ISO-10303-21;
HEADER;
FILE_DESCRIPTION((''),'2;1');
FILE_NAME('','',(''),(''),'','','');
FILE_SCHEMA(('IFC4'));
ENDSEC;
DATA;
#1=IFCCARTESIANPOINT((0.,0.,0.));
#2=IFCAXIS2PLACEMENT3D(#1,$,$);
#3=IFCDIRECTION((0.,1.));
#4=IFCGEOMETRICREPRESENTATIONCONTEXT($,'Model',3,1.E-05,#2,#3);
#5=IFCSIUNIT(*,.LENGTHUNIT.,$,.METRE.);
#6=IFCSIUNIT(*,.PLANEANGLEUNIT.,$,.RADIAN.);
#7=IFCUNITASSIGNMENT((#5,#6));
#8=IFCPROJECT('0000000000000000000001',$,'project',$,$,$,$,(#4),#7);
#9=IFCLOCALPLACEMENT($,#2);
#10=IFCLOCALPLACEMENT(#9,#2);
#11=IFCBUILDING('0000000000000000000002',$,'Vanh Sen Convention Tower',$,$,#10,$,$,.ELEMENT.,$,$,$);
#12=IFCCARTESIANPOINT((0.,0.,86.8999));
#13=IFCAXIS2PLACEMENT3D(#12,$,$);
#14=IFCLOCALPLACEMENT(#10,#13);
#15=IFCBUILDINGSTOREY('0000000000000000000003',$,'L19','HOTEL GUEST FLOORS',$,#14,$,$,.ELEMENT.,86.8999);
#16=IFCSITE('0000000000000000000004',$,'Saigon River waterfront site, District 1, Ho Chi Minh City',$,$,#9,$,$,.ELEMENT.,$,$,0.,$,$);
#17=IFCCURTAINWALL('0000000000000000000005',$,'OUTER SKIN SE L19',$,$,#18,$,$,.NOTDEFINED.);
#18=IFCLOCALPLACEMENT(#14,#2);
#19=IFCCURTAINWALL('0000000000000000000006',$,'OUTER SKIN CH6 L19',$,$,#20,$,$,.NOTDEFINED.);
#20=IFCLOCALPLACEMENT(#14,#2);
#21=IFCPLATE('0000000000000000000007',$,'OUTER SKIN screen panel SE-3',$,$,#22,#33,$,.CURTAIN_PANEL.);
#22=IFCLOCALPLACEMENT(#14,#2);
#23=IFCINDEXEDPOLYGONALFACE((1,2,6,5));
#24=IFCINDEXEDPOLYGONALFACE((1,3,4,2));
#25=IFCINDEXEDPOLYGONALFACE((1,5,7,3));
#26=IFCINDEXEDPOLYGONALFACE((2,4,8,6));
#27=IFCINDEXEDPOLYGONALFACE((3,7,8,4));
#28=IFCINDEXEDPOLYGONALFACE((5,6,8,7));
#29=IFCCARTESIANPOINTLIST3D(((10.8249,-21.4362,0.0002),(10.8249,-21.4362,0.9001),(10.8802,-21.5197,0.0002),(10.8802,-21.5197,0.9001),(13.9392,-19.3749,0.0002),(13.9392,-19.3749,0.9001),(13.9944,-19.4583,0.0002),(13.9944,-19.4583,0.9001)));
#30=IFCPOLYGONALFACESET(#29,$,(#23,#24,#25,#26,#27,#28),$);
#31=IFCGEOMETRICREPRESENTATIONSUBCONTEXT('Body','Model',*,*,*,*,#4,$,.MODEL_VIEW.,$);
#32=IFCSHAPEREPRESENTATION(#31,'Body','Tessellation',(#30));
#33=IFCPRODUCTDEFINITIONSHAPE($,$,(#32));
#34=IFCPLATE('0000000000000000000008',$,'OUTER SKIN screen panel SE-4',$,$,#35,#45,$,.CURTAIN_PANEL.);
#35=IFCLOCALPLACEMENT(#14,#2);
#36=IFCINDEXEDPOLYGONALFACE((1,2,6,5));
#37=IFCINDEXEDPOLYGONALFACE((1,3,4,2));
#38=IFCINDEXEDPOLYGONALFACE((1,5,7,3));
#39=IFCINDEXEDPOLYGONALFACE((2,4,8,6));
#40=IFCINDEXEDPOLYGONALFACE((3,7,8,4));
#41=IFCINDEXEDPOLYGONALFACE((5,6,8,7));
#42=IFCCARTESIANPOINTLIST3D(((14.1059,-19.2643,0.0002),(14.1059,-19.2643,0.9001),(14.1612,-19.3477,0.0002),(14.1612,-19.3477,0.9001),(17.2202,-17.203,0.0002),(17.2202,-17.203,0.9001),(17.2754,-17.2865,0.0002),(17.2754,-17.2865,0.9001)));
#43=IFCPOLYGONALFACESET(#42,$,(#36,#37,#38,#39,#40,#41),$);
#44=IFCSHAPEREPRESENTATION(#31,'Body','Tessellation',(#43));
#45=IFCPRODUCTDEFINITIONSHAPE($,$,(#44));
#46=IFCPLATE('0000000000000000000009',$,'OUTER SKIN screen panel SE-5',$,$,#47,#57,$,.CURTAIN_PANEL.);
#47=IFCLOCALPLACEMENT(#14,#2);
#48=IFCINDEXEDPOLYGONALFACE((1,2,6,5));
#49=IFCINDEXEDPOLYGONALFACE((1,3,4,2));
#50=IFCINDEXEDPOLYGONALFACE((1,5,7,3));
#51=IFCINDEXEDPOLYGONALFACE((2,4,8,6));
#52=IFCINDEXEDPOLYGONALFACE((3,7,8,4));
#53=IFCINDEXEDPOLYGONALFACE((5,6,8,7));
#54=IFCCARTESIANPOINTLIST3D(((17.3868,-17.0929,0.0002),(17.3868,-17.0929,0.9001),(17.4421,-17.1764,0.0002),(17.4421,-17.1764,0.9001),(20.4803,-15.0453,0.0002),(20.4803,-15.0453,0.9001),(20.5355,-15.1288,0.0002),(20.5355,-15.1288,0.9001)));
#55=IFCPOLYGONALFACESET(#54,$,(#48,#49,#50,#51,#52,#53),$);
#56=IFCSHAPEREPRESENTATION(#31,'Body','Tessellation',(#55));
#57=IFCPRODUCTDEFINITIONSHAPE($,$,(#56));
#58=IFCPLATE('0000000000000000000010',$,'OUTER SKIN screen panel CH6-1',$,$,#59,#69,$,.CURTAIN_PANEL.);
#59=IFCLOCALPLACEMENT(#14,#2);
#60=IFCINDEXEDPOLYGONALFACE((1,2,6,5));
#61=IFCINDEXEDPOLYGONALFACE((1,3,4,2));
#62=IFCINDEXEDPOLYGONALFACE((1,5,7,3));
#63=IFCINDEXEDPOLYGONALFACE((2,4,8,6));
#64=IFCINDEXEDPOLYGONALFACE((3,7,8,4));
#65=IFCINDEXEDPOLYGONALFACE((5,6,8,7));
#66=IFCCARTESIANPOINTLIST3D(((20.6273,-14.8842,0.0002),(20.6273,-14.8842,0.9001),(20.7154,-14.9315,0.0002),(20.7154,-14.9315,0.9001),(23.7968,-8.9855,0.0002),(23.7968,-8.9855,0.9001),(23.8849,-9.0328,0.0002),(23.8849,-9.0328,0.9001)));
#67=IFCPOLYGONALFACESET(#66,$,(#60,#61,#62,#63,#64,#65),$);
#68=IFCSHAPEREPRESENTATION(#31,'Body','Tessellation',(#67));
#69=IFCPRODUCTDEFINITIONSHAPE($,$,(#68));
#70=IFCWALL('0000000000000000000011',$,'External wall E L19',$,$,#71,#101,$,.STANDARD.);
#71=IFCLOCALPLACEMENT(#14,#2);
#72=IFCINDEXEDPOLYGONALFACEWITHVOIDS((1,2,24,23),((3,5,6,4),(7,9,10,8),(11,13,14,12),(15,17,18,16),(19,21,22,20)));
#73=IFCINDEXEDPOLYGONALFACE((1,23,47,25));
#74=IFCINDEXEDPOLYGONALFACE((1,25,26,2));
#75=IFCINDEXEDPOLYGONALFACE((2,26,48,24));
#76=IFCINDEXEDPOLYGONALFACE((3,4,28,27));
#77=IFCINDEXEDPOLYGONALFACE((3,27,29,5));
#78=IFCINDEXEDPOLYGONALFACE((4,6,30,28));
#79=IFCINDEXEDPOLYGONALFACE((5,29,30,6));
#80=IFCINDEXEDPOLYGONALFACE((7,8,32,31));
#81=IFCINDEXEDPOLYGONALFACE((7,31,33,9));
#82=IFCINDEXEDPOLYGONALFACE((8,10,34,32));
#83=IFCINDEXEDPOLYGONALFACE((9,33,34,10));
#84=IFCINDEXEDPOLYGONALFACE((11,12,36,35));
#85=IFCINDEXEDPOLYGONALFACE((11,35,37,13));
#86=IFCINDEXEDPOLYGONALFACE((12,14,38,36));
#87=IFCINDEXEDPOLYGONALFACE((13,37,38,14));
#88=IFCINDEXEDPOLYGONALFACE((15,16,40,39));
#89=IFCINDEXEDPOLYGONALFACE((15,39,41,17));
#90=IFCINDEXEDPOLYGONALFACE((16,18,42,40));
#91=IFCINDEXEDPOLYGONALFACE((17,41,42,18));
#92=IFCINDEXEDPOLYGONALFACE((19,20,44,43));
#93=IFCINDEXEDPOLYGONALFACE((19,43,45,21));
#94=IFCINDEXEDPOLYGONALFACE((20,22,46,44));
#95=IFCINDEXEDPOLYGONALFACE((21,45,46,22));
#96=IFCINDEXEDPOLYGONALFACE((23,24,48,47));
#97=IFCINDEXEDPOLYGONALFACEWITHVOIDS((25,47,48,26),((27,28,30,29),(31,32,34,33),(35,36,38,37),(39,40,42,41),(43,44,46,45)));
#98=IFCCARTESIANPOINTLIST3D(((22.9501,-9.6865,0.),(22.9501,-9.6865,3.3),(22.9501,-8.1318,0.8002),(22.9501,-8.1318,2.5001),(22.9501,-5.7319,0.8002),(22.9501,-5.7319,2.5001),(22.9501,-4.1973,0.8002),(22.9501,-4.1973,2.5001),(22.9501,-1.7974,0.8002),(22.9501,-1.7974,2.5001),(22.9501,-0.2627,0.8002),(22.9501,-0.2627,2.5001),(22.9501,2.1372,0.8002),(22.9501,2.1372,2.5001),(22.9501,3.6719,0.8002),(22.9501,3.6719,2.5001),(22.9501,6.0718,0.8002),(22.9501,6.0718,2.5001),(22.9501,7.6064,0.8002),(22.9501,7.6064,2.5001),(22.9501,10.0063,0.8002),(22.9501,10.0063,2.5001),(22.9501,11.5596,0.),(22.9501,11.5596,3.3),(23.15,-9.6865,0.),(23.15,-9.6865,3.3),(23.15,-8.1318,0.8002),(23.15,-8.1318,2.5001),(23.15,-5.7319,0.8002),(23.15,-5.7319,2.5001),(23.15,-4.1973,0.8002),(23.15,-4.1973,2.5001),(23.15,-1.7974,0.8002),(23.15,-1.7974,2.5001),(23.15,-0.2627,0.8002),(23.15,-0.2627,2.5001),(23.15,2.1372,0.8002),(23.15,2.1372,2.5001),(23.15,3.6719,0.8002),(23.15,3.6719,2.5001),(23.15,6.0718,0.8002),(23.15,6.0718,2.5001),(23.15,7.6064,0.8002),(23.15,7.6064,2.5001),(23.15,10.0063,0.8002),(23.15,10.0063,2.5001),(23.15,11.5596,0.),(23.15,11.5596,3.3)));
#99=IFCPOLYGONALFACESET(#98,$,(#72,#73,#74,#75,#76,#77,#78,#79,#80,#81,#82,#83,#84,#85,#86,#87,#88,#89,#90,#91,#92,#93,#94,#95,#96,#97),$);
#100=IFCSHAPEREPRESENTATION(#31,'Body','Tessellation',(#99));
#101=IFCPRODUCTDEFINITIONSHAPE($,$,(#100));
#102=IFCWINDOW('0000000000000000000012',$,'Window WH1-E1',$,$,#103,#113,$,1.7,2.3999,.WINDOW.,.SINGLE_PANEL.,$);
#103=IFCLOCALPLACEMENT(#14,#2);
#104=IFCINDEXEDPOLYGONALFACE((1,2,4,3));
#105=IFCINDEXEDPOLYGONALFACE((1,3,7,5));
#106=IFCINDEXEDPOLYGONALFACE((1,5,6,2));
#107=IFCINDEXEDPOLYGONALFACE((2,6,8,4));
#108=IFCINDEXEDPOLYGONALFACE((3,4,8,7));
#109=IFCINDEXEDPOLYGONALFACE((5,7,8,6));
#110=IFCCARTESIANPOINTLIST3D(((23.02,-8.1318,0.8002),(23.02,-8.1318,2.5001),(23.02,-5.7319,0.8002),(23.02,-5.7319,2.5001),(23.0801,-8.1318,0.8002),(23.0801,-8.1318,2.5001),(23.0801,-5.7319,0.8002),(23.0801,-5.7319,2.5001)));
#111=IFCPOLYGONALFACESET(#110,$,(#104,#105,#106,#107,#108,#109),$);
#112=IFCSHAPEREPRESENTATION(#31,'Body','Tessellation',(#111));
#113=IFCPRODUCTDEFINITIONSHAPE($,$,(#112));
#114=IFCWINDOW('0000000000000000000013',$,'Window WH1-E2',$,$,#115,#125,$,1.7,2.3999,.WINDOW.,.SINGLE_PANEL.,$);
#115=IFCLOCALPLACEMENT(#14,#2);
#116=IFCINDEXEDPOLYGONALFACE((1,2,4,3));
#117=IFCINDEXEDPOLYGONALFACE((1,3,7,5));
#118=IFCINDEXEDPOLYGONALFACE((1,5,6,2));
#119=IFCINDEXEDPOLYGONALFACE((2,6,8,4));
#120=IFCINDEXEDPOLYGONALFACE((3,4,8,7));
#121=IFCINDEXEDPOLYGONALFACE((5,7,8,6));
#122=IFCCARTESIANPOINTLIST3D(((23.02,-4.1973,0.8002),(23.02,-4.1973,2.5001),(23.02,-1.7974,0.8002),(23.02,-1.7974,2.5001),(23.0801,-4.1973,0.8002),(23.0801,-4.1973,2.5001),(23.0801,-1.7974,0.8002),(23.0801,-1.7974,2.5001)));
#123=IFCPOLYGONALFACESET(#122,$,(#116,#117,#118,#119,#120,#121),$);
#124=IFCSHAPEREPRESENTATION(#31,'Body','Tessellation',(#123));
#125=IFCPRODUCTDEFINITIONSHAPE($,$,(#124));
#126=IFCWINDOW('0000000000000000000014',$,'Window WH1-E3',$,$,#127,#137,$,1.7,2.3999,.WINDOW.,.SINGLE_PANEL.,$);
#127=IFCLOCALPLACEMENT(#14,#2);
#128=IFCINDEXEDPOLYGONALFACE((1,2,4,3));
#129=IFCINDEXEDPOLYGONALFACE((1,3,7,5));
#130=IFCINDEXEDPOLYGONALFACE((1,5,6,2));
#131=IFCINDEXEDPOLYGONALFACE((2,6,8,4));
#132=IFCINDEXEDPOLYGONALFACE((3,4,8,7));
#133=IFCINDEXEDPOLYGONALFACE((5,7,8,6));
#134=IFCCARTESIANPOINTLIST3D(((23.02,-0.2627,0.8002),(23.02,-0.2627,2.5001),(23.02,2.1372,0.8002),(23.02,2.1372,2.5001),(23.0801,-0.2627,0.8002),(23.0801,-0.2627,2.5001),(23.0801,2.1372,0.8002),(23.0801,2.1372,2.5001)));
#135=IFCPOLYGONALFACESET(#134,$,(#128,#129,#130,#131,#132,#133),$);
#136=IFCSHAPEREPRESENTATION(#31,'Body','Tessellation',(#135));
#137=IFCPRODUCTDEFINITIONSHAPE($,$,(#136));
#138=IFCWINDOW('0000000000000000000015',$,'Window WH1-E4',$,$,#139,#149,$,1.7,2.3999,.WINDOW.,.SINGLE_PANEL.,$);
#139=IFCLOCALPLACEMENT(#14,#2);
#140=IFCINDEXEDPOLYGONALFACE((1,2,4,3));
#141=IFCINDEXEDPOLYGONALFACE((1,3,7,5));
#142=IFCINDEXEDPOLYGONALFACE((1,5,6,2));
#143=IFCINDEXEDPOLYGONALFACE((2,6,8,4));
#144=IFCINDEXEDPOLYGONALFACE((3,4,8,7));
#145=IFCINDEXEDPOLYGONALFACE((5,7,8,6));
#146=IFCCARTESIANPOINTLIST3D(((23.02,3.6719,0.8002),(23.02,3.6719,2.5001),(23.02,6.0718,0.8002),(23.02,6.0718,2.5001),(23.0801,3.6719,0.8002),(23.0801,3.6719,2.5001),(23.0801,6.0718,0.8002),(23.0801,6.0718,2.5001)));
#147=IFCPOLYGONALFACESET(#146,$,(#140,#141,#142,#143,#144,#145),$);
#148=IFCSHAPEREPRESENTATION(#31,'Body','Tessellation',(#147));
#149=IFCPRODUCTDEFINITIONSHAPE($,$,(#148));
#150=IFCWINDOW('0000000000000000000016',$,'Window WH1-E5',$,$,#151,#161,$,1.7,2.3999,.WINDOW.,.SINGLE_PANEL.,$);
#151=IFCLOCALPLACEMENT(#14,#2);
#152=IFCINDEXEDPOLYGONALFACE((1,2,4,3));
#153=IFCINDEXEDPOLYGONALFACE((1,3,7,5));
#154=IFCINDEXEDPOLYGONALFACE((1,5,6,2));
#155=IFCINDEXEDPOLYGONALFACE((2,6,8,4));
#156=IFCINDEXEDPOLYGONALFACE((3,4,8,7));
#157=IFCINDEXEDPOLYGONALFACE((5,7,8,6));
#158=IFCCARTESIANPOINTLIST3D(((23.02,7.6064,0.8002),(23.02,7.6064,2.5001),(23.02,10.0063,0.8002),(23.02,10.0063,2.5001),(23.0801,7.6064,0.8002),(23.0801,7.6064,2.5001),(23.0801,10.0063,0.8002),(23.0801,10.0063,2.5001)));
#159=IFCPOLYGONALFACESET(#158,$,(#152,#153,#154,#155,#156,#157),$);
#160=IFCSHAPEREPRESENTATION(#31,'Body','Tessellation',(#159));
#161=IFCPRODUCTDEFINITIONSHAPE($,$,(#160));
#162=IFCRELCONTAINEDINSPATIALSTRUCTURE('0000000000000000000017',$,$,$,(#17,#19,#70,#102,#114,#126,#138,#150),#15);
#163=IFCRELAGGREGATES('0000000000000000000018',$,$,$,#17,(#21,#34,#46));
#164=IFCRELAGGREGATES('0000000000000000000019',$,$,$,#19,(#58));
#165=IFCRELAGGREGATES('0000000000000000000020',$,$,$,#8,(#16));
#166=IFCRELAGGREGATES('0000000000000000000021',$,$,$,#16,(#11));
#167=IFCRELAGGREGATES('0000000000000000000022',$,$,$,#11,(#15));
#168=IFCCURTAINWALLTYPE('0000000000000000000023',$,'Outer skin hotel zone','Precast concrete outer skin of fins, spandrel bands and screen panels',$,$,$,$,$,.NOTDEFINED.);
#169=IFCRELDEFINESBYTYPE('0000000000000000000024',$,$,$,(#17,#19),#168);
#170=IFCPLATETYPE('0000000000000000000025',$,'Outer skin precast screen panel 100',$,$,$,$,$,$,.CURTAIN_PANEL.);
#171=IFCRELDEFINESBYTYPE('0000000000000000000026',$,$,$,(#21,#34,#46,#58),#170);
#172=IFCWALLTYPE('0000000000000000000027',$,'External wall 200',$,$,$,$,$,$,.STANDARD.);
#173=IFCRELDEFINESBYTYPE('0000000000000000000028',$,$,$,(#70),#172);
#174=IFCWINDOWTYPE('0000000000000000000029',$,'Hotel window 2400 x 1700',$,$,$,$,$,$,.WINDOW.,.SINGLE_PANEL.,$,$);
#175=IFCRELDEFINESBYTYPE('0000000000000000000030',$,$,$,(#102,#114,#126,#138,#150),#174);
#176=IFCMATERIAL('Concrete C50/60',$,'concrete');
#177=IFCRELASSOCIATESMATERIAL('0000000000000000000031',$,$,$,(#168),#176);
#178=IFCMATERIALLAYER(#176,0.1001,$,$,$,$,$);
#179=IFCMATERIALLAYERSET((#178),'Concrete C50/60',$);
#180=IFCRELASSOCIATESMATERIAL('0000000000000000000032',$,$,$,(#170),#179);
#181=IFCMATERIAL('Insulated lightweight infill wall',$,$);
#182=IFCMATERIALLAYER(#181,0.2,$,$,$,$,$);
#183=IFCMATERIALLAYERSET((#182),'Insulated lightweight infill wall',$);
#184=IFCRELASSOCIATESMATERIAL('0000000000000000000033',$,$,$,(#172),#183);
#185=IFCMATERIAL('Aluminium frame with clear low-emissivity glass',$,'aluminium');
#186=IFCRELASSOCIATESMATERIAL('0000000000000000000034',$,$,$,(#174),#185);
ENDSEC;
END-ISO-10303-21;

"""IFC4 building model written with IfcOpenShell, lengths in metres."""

from ifc_helpers import new_model, si_unit, direction, frame, frame_2d, origin, origin_2d, place, context, subcontext, project, spatial, rectangle, extrude, material, layer, layer_set, type_object, element, fill, aggregate, save


model = new_model("IFC4")

# Units and contexts
model_context = context("Model", 3, precision=1e-05, world=origin(), true_north=direction((0.0, 1.0)))
body_context = subcontext(model_context, "Body", "Model", "MODEL_VIEW")
ifc_project = project(units=[si_unit("LENGTHUNIT", "METRE"), si_unit("PLANEANGLEUNIT", "RADIAN")], contexts=[model_context])

# Site, building, storey
site_placement = place(None, origin())
site = spatial("IfcSite", under=ifc_project, at=site_placement, Name="Saigon River waterfront site, District 1, Ho Chi Minh City", CompositionType="ELEMENT", RefElevation=0.0)
building_placement = place(site_placement, origin())
building = spatial("IfcBuilding", under=site, at=building_placement, Name="Vanh Sen Convention Tower", CompositionType="ELEMENT")
storey_placement = place(building_placement, frame((0.0, 0.0, 86.8999)))
storey = spatial("IfcBuildingStorey", under=building, at=storey_placement, Name="L19", Description="HOTEL GUEST FLOORS", CompositionType="ELEMENT", Elevation=86.8999)

# Curtain wall
ifc_material_1 = material(Name="Concrete C50/60", Category="concrete")
curtain_wall_type = type_object("IfcCurtainWallType", Name="Outer skin hotel zone", Description="Precast concrete outer skin of fins, spandrel bands and screen panels", PredefinedType="NOTDEFINED", material=ifc_material_1)
curtain_wall_1_placement = place(storey_placement, origin())
curtain_wall_1 = element("IfcCurtainWall", 1, at=curtain_wall_1_placement, inside=storey, type_object=curtain_wall_type, Name="OUTER SKIN SE L19", PredefinedType="NOTDEFINED")

# Curtain wall
curtain_wall_2_placement = place(storey_placement, origin())
curtain_wall_2 = element("IfcCurtainWall", 2, at=curtain_wall_2_placement, inside=storey, type_object=curtain_wall_type, Name="OUTER SKIN CH6 L19", PredefinedType="NOTDEFINED")

# Plates
ifc_layer_1 = layer(ifc_material_1, 0.1001)
ifc_layer_set_1 = layer_set([ifc_layer_1], Name="Concrete C50/60")
plate_type = type_object("IfcPlateType", Name="Outer skin precast screen panel 100", PredefinedType="CURTAIN_PANEL", material=ifc_layer_set_1)
plate_1_placement = place(storey_placement, frame((12.4097, -20.4473, 0.0002), z_axis=(0.0, 0.0, 1.0), x_axis=(0.83388, 0.551946, 0.0)))
plate_1 = element("IfcPlate", 3, at=plate_1_placement, type_object=plate_type, Name="OUTER SKIN screen panel SE-3", PredefinedType="CURTAIN_PANEL", context=body_context, shape_type="SweptSolid", body=[
    extrude(rectangle(XDim=3.7346, YDim=0.1001, at=origin_2d()), origin(), (0.0, 0.0, 1.0), 0.8999),
])
plate_2_placement = place(storey_placement, frame((15.6907, -18.2754, 0.0002), z_axis=(0.0, 0.0, 1.0), x_axis=(0.833892, 0.551928, 0.0)))
plate_2 = element("IfcPlate", 4, at=plate_2_placement, type_object=plate_type, Name="OUTER SKIN screen panel SE-4", PredefinedType="CURTAIN_PANEL", context=body_context, shape_type="SweptSolid", body=[
    extrude(rectangle(XDim=3.7346, YDim=0.1001, at=origin_2d()), origin(), (0.0, 0.0, 1.0), 0.8999),
])
plate_3_placement = place(storey_placement, frame((18.9612, -16.1108, 0.0002), z_axis=(0.0, 0.0, 1.0), x_axis=(0.83388, 0.551946, 0.0)))
plate_3 = element("IfcPlate", 5, at=plate_3_placement, type_object=plate_type, Name="OUTER SKIN screen panel SE-5", PredefinedType="CURTAIN_PANEL", context=body_context, shape_type="SweptSolid", body=[
    extrude(rectangle(XDim=3.7097, YDim=0.1001, at=origin_2d()), origin(), (0.0, 0.0, 1.0), 0.8999),
])
aggregate(curtain_wall_1, [plate_1, plate_2, plate_3])
plate_4_placement = place(storey_placement, frame((22.2561, -11.9585, 0.0002), z_axis=(0.0, 0.0, 1.0), x_axis=(0.473323, 0.880889, 0.0)))
plate_4 = element("IfcPlate", 6, at=plate_4_placement, type_object=plate_type, Name="OUTER SKIN screen panel CH6-1", PredefinedType="CURTAIN_PANEL", context=body_context, shape_type="SweptSolid", body=[
    extrude(rectangle(XDim=6.6963, YDim=0.1001, at=origin_2d()), origin(), (0.0, 0.0, 1.0), 0.8999),
])
aggregate(curtain_wall_2, [plate_4])

# Wall, openings, windows
ifc_material_2 = material(Name="Insulated lightweight infill wall")
ifc_layer_2 = layer(ifc_material_2, 0.2)
ifc_layer_set_2 = layer_set([ifc_layer_2], Name="Insulated lightweight infill wall")
wall_type_1 = type_object("IfcWallType", Name="External wall 200", PredefinedType="STANDARD", material=ifc_layer_set_2)
wall_1_placement = place(storey_placement, frame((23.05, -9.6865, 0.0), z_axis=(0.0, 0.0, 1.0), x_axis=(0.0, 1.0, 0.0)))
wall_1 = element("IfcWall", 7, at=wall_1_placement, inside=storey, type_object=wall_type_1, Name="External wall E L19", PredefinedType="STANDARD", context=body_context, shape_type="SweptSolid", body=[
    extrude(rectangle(XDim=21.2461, YDim=0.2, at=frame_2d((10.623, 0.0))), origin(), (0.0, 0.0, 1.0), 3.3),
])
opening_1_placement = place(wall_1_placement, frame((1.5547, 0.0, 0.8)))
opening_1 = element("IfcOpeningElement", 8, at=opening_1_placement, cuts=wall_1, PredefinedType="OPENING", context=body_context, shape_type="SweptSolid", body=[
    extrude(rectangle(XDim=2.3999, YDim=1.7, at=frame_2d((1.2, 0.8501))), frame((0.0, 0.1099, 0.0), z_axis=(0.0, -1.0, 0.0), x_axis=(1.0, 0.0, 0.0)), (0.0, 0.0, 1.0), 0.22),
])
opening_2_placement = place(wall_1_placement, frame((5.4893, 0.0, 0.8)))
opening_2 = element("IfcOpeningElement", 9, at=opening_2_placement, cuts=wall_1, PredefinedType="OPENING", context=body_context, shape_type="SweptSolid", body=[
    extrude(rectangle(XDim=2.3999, YDim=1.7, at=frame_2d((1.2, 0.8501))), frame((0.0, 0.1099, 0.0), z_axis=(0.0, -1.0, 0.0), x_axis=(1.0, 0.0, 0.0)), (0.0, 0.0, 1.0), 0.22),
])
opening_3_placement = place(wall_1_placement, frame((9.4238, 0.0, 0.8)))
opening_3 = element("IfcOpeningElement", 10, at=opening_3_placement, cuts=wall_1, PredefinedType="OPENING", context=body_context, shape_type="SweptSolid", body=[
    extrude(rectangle(XDim=2.3999, YDim=1.7, at=frame_2d((1.2, 0.8501))), frame((0.0, 0.1099, 0.0), z_axis=(0.0, -1.0, 0.0), x_axis=(1.0, 0.0, 0.0)), (0.0, 0.0, 1.0), 0.22),
])
opening_4_placement = place(wall_1_placement, frame((13.3584, 0.0, 0.8)))
opening_4 = element("IfcOpeningElement", 11, at=opening_4_placement, cuts=wall_1, PredefinedType="OPENING", context=body_context, shape_type="SweptSolid", body=[
    extrude(rectangle(XDim=2.3999, YDim=1.7, at=frame_2d((1.2, 0.8501))), frame((0.0, 0.1099, 0.0), z_axis=(0.0, -1.0, 0.0), x_axis=(1.0, 0.0, 0.0)), (0.0, 0.0, 1.0), 0.22),
])
opening_5_placement = place(wall_1_placement, frame((17.293, 0.0, 0.8)))
opening_5 = element("IfcOpeningElement", 12, at=opening_5_placement, cuts=wall_1, PredefinedType="OPENING", context=body_context, shape_type="SweptSolid", body=[
    extrude(rectangle(XDim=2.3999, YDim=1.7, at=frame_2d((1.2, 0.8501))), frame((0.0, 0.1099, 0.0), z_axis=(0.0, -1.0, 0.0), x_axis=(1.0, 0.0, 0.0)), (0.0, 0.0, 1.0), 0.22),
])
ifc_material_3 = material(Name="Aluminium frame with clear low-emissivity glass", Category="aluminium")
window_type_1 = type_object("IfcWindowType", Name="Hotel window 2400 x 1700", PartitioningType="SINGLE_PANEL", PredefinedType="WINDOW", material=ifc_material_3)
window_1_placement = place(opening_1_placement, origin())
window_1 = element("IfcWindow", 13, at=window_1_placement, inside=storey, type_object=window_type_1, Name="Window WH1-E1", OverallHeight=1.7, OverallWidth=2.3999, PartitioningType="SINGLE_PANEL", PredefinedType="WINDOW", context=body_context, shape_type="SweptSolid", body=[
    extrude(rectangle(XDim=2.3999, YDim=1.7, at=frame_2d((1.2, 0.8501))), frame((0.0, 0.03, 0.0), z_axis=(0.0, -1.0, 0.0), x_axis=(1.0, 0.0, 0.0)), (0.0, 0.0, 1.0), 0.0601),
])
fill(opening_1, window_1)
window_2_placement = place(opening_2_placement, origin())
window_2 = element("IfcWindow", 14, at=window_2_placement, inside=storey, type_object=window_type_1, Name="Window WH1-E2", OverallHeight=1.7, OverallWidth=2.3999, PartitioningType="SINGLE_PANEL", PredefinedType="WINDOW", context=body_context, shape_type="SweptSolid", body=[
    extrude(rectangle(XDim=2.3999, YDim=1.7, at=frame_2d((1.2, 0.8501))), frame((0.0, 0.03, 0.0), z_axis=(0.0, -1.0, 0.0), x_axis=(1.0, 0.0, 0.0)), (0.0, 0.0, 1.0), 0.0601),
])
fill(opening_2, window_2)
window_3_placement = place(opening_3_placement, origin())
window_3 = element("IfcWindow", 15, at=window_3_placement, inside=storey, type_object=window_type_1, Name="Window WH1-E3", OverallHeight=1.7, OverallWidth=2.3999, PartitioningType="SINGLE_PANEL", PredefinedType="WINDOW", context=body_context, shape_type="SweptSolid", body=[
    extrude(rectangle(XDim=2.3999, YDim=1.7, at=frame_2d((1.2, 0.8501))), frame((0.0, 0.03, 0.0), z_axis=(0.0, -1.0, 0.0), x_axis=(1.0, 0.0, 0.0)), (0.0, 0.0, 1.0), 0.0601),
])
fill(opening_3, window_3)
window_4_placement = place(opening_4_placement, origin())
window_4 = element("IfcWindow", 16, at=window_4_placement, inside=storey, type_object=window_type_1, Name="Window WH1-E4", OverallHeight=1.7, OverallWidth=2.3999, PartitioningType="SINGLE_PANEL", PredefinedType="WINDOW", context=body_context, shape_type="SweptSolid", body=[
    extrude(rectangle(XDim=2.3999, YDim=1.7, at=frame_2d((1.2, 0.8501))), frame((0.0, 0.03, 0.0), z_axis=(0.0, -1.0, 0.0), x_axis=(1.0, 0.0, 0.0)), (0.0, 0.0, 1.0), 0.0601),
])
fill(opening_4, window_4)
window_5_placement = place(opening_5_placement, origin())
window_5 = element("IfcWindow", 17, at=window_5_placement, inside=storey, type_object=window_type_1, Name="Window WH1-E5", OverallHeight=1.7, OverallWidth=2.3999, PartitioningType="SINGLE_PANEL", PredefinedType="WINDOW", context=body_context, shape_type="SweptSolid", body=[
    extrude(rectangle(XDim=2.3999, YDim=1.7, at=frame_2d((1.2, 0.8501))), frame((0.0, 0.03, 0.0), z_axis=(0.0, -1.0, 0.0), x_axis=(1.0, 0.0, 0.0)), (0.0, 0.0, 1.0), 0.0601),
])
fill(opening_5, window_5)

save(model, "model.ifc")
